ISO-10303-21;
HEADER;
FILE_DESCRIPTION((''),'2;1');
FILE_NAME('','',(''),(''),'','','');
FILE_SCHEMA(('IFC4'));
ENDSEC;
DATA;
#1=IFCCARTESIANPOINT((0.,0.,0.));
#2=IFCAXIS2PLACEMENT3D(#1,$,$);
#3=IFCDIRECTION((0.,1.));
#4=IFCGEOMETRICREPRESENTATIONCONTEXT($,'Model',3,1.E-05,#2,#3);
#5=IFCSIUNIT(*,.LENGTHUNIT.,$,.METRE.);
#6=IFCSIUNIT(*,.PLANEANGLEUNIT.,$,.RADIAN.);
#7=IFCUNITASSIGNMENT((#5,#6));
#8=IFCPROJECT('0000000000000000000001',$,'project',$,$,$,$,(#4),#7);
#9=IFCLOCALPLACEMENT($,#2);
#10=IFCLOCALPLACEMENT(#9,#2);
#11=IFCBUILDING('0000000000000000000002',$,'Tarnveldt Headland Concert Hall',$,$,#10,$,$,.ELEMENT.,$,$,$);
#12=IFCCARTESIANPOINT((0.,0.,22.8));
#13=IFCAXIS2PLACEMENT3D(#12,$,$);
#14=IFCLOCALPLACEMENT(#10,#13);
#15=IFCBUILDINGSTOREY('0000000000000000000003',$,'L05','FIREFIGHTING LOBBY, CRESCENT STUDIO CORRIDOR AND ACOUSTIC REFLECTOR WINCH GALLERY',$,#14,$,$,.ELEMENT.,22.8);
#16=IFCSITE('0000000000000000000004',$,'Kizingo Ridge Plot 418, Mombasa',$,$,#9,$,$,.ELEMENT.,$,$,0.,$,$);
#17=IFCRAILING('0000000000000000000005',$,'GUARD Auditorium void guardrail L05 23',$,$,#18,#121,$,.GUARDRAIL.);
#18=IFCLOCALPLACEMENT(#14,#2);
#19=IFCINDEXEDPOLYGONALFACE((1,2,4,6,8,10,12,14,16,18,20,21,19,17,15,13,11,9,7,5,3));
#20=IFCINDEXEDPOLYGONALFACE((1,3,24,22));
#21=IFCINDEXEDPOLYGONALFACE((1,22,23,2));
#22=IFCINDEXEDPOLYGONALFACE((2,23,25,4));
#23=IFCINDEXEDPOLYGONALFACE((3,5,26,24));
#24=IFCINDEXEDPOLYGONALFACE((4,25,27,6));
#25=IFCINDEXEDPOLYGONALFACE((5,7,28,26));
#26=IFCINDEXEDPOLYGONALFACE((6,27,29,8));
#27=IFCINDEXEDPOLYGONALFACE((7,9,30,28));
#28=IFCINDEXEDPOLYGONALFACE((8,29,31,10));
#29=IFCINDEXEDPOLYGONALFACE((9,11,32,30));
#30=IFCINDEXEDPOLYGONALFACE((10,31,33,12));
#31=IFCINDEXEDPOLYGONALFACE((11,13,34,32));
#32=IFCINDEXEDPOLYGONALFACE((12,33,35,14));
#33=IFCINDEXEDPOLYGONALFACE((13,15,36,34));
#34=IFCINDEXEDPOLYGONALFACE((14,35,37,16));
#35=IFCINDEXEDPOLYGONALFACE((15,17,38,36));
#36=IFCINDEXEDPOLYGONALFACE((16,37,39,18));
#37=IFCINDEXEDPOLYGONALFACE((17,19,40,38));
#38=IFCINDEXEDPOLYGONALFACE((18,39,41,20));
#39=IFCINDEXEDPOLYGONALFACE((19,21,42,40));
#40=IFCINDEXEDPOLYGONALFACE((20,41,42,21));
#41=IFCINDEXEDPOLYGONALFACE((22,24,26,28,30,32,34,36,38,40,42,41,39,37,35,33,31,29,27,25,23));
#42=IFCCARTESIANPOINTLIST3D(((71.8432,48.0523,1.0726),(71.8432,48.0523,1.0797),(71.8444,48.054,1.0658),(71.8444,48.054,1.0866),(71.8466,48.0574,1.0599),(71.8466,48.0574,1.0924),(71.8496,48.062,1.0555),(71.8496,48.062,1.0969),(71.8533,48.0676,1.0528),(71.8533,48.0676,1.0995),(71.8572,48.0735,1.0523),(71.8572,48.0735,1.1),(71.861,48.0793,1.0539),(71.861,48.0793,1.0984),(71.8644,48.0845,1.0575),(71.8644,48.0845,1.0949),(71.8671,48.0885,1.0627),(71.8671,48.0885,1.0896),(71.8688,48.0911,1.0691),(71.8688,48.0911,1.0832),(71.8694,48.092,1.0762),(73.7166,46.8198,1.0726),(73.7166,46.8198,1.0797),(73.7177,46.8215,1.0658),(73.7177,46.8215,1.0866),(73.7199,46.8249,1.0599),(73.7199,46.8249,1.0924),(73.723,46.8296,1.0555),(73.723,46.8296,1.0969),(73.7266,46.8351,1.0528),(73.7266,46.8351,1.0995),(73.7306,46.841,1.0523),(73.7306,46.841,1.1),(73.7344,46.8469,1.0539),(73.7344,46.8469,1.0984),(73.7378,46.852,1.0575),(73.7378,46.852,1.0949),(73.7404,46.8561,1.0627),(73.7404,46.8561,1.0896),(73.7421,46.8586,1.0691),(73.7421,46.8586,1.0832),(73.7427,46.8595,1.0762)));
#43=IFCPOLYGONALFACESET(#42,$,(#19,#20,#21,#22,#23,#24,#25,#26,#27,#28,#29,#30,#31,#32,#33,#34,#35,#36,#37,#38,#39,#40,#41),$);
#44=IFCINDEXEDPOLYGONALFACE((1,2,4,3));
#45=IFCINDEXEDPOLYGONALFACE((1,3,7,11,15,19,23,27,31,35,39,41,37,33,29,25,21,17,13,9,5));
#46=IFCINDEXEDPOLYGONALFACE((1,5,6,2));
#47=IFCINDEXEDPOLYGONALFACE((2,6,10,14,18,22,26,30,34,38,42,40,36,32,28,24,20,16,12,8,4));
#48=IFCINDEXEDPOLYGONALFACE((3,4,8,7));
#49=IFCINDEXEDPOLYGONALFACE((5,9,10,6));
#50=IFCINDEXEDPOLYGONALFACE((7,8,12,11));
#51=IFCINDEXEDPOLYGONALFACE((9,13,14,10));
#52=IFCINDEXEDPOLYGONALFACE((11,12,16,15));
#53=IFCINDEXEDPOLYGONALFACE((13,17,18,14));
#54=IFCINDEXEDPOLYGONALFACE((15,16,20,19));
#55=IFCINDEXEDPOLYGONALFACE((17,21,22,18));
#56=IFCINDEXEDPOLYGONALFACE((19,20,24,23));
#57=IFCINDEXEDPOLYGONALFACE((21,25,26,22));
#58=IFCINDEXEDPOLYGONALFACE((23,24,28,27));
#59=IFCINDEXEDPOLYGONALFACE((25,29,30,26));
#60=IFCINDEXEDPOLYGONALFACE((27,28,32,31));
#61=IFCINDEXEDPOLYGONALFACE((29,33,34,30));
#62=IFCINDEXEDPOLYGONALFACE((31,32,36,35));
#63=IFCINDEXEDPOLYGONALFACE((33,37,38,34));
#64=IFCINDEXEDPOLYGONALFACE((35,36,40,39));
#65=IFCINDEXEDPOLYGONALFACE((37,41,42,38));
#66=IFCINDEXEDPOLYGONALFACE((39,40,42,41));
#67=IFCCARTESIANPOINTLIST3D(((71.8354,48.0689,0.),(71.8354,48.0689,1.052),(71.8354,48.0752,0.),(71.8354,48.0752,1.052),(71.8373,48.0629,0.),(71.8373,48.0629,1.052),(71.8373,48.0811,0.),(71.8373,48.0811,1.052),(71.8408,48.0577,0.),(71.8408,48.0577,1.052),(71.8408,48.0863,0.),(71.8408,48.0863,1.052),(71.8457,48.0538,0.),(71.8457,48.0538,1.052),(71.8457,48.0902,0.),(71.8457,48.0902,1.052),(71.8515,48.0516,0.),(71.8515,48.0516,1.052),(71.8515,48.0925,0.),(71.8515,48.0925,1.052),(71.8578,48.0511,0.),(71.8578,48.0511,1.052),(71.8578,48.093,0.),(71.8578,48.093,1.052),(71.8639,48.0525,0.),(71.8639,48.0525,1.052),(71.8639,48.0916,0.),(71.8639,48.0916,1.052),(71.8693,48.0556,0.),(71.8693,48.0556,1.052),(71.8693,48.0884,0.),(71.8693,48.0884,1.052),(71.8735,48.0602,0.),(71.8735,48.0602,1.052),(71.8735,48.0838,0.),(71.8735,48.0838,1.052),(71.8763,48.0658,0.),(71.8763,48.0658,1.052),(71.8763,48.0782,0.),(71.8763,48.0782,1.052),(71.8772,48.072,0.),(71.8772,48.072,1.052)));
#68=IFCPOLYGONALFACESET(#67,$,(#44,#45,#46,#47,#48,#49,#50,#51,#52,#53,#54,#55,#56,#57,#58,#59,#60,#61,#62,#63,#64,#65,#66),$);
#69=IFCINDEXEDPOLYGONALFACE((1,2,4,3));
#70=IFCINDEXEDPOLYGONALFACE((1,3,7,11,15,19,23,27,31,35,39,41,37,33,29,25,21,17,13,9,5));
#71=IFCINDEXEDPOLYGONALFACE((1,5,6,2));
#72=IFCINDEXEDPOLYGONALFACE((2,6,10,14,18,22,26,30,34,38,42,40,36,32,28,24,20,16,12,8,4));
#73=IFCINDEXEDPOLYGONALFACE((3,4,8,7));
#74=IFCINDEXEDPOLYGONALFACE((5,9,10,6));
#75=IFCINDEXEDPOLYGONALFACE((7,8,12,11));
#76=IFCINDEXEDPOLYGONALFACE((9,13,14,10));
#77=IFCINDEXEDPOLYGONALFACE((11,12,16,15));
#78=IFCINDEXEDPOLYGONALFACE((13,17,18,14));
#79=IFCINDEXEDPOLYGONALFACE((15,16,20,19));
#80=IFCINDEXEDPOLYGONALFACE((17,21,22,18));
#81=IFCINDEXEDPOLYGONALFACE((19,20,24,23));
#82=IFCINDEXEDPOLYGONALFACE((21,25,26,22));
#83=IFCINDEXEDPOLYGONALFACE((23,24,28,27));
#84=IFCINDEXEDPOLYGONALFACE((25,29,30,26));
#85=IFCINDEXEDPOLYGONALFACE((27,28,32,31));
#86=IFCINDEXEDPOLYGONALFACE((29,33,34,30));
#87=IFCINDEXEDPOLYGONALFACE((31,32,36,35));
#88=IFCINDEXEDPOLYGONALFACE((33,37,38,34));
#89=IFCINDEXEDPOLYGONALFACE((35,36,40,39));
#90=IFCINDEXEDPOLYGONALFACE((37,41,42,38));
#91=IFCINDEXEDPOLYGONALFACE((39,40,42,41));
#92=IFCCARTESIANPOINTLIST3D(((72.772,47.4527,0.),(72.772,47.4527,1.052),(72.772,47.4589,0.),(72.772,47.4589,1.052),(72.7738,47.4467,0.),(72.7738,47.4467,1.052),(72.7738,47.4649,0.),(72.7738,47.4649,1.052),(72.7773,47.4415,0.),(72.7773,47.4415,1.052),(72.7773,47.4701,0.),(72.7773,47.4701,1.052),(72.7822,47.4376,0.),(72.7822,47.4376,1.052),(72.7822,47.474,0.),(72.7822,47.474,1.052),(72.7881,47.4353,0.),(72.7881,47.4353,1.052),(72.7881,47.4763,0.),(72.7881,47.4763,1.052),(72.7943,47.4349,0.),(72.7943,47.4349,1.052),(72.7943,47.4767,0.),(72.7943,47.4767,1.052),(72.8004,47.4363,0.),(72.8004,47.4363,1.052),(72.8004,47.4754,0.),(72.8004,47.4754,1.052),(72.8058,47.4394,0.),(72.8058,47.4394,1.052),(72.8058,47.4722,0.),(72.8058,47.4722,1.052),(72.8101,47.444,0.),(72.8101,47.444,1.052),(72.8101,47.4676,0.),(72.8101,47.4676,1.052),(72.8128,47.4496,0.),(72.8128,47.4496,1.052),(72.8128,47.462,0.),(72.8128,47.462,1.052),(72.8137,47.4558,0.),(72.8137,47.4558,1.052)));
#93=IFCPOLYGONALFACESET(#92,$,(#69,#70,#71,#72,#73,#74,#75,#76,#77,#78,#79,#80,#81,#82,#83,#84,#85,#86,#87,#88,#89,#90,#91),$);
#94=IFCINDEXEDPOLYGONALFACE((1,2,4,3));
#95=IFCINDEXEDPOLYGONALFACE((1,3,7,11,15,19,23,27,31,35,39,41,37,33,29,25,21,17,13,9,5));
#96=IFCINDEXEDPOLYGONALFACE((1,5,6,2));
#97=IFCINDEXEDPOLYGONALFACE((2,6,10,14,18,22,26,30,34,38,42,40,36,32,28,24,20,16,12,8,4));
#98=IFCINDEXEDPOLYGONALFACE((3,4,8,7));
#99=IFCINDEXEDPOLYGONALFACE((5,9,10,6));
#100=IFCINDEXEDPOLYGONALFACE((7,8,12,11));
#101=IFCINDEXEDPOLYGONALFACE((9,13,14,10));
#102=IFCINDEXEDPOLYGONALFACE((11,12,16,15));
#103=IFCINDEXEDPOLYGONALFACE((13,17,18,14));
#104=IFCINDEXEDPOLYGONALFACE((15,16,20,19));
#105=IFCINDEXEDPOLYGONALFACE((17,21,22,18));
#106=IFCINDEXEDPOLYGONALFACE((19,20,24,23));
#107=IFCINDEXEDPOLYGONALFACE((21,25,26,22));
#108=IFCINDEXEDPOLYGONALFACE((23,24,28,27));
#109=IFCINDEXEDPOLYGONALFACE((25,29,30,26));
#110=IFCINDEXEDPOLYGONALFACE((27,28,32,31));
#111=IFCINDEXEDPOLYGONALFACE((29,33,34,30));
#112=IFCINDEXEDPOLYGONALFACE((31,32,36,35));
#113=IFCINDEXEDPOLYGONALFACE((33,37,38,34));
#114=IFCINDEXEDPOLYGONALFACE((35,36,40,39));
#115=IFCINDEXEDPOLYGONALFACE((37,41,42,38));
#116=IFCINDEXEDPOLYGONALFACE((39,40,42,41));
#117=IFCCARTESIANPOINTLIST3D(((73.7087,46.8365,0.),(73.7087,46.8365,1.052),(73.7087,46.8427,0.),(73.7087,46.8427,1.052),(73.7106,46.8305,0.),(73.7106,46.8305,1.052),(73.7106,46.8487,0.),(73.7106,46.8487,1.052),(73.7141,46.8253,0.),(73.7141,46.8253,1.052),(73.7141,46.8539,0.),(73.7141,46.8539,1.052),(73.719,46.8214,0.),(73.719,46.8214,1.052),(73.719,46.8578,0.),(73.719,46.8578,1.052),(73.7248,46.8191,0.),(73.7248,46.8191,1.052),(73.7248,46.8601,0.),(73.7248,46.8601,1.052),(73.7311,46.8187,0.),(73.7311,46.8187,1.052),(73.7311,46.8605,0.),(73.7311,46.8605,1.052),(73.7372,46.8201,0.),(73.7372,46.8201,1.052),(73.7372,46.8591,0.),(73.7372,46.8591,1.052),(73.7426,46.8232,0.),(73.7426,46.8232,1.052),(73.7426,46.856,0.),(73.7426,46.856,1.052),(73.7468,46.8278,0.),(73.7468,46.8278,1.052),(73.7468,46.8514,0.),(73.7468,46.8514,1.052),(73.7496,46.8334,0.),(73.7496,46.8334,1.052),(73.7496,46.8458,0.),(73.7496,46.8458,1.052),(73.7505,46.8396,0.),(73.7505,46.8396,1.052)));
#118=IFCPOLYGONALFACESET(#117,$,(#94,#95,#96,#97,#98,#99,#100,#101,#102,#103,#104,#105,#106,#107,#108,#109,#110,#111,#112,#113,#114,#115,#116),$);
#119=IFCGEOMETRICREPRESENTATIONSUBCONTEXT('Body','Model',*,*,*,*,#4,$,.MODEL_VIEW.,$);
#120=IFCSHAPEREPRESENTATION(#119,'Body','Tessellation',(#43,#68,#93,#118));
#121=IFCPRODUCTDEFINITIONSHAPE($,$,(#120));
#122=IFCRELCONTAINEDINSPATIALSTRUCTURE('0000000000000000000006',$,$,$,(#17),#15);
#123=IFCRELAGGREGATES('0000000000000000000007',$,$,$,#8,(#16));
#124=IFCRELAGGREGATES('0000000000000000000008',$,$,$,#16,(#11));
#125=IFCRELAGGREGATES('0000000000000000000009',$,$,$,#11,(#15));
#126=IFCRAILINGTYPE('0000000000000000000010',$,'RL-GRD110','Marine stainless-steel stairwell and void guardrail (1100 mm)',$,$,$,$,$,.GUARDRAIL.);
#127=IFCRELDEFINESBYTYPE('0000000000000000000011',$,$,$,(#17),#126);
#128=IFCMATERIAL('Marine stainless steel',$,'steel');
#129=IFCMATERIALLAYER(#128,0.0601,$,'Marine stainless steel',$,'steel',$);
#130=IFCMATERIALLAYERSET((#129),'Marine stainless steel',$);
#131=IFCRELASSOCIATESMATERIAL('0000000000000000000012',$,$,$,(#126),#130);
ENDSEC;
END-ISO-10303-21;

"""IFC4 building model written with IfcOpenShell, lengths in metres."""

from ifc_helpers import new_model, si_unit, direction, frame, origin, origin_2d, place, context, subcontext, project, spatial, circle, extrude, material, layer, layer_set, type_object, element, save


model = new_model("IFC4")

# Units and contexts
model_context = context("Model", 3, precision=1e-05, world=origin(), true_north=direction((0.0, 1.0)))
body_context = subcontext(model_context, "Body", "Model", "MODEL_VIEW")
ifc_project = project(units=[si_unit("LENGTHUNIT", "METRE"), si_unit("PLANEANGLEUNIT", "RADIAN")], contexts=[model_context])

# Site, building, storey
site_placement = place(None, origin())
site = spatial("IfcSite", under=ifc_project, at=site_placement, Name="Kizingo Ridge Plot 418, Mombasa", CompositionType="ELEMENT", RefElevation=0.0)
building_placement = place(site_placement, origin())
building = spatial("IfcBuilding", under=site, at=building_placement, Name="Tarnveldt Headland Concert Hall", CompositionType="ELEMENT")
storey_placement = place(building_placement, frame((0.0, 0.0, 22.8)))
storey = spatial("IfcBuildingStorey", under=building, at=storey_placement, Name="L05", Description="FIREFIGHTING LOBBY, CRESCENT STUDIO CORRIDOR AND ACOUSTIC REFLECTOR WINCH GALLERY", CompositionType="ELEMENT", Elevation=22.8)

# Railing
ifc_material_1 = material(Name="Marine stainless steel", Category="steel")
ifc_layer_1 = layer(ifc_material_1, 0.0601, Name="Marine stainless steel", Category="steel")
ifc_layer_set_1 = layer_set([ifc_layer_1], Name="Marine stainless steel")
railing_type = type_object("IfcRailingType", Name="RL-GRD110", Description="Marine stainless-steel stairwell and void guardrail (1100 mm)", PredefinedType="GUARDRAIL", material=ifc_layer_set_1)
railing_1_placement = place(storey_placement, frame((71.8562, 48.072, 0.0)))
element("IfcRailing", 1, at=railing_1_placement, inside=storey, type_object=railing_type, Name="GUARD Auditorium void guardrail L05 23", PredefinedType="GUARDRAIL", context=body_context, shape_type="SweptSolid", body=[
    extrude(circle(Radius=0.0239, at=origin_2d()), frame((0.0, 0.0, 1.0762), z_axis=(0.835418, -0.549615, 0.0), x_axis=(0.549615, 0.835418, 0.0)), (0.0, 0.0, 1.0), 2.2424),
    extrude(circle(Radius=0.021, at=origin_2d()), origin(), (0.0, 0.0, 1.0), 1.052),
    extrude(circle(Radius=0.021, at=origin_2d()), frame((0.9365, -0.6162, 0.0)), (0.0, 0.0, 1.0), 1.052),
    extrude(circle(Radius=0.021, at=origin_2d()), frame((1.8733, -1.2324, 0.0)), (0.0, 0.0, 1.0), 1.052),
])

save(model, "model.ifc")
